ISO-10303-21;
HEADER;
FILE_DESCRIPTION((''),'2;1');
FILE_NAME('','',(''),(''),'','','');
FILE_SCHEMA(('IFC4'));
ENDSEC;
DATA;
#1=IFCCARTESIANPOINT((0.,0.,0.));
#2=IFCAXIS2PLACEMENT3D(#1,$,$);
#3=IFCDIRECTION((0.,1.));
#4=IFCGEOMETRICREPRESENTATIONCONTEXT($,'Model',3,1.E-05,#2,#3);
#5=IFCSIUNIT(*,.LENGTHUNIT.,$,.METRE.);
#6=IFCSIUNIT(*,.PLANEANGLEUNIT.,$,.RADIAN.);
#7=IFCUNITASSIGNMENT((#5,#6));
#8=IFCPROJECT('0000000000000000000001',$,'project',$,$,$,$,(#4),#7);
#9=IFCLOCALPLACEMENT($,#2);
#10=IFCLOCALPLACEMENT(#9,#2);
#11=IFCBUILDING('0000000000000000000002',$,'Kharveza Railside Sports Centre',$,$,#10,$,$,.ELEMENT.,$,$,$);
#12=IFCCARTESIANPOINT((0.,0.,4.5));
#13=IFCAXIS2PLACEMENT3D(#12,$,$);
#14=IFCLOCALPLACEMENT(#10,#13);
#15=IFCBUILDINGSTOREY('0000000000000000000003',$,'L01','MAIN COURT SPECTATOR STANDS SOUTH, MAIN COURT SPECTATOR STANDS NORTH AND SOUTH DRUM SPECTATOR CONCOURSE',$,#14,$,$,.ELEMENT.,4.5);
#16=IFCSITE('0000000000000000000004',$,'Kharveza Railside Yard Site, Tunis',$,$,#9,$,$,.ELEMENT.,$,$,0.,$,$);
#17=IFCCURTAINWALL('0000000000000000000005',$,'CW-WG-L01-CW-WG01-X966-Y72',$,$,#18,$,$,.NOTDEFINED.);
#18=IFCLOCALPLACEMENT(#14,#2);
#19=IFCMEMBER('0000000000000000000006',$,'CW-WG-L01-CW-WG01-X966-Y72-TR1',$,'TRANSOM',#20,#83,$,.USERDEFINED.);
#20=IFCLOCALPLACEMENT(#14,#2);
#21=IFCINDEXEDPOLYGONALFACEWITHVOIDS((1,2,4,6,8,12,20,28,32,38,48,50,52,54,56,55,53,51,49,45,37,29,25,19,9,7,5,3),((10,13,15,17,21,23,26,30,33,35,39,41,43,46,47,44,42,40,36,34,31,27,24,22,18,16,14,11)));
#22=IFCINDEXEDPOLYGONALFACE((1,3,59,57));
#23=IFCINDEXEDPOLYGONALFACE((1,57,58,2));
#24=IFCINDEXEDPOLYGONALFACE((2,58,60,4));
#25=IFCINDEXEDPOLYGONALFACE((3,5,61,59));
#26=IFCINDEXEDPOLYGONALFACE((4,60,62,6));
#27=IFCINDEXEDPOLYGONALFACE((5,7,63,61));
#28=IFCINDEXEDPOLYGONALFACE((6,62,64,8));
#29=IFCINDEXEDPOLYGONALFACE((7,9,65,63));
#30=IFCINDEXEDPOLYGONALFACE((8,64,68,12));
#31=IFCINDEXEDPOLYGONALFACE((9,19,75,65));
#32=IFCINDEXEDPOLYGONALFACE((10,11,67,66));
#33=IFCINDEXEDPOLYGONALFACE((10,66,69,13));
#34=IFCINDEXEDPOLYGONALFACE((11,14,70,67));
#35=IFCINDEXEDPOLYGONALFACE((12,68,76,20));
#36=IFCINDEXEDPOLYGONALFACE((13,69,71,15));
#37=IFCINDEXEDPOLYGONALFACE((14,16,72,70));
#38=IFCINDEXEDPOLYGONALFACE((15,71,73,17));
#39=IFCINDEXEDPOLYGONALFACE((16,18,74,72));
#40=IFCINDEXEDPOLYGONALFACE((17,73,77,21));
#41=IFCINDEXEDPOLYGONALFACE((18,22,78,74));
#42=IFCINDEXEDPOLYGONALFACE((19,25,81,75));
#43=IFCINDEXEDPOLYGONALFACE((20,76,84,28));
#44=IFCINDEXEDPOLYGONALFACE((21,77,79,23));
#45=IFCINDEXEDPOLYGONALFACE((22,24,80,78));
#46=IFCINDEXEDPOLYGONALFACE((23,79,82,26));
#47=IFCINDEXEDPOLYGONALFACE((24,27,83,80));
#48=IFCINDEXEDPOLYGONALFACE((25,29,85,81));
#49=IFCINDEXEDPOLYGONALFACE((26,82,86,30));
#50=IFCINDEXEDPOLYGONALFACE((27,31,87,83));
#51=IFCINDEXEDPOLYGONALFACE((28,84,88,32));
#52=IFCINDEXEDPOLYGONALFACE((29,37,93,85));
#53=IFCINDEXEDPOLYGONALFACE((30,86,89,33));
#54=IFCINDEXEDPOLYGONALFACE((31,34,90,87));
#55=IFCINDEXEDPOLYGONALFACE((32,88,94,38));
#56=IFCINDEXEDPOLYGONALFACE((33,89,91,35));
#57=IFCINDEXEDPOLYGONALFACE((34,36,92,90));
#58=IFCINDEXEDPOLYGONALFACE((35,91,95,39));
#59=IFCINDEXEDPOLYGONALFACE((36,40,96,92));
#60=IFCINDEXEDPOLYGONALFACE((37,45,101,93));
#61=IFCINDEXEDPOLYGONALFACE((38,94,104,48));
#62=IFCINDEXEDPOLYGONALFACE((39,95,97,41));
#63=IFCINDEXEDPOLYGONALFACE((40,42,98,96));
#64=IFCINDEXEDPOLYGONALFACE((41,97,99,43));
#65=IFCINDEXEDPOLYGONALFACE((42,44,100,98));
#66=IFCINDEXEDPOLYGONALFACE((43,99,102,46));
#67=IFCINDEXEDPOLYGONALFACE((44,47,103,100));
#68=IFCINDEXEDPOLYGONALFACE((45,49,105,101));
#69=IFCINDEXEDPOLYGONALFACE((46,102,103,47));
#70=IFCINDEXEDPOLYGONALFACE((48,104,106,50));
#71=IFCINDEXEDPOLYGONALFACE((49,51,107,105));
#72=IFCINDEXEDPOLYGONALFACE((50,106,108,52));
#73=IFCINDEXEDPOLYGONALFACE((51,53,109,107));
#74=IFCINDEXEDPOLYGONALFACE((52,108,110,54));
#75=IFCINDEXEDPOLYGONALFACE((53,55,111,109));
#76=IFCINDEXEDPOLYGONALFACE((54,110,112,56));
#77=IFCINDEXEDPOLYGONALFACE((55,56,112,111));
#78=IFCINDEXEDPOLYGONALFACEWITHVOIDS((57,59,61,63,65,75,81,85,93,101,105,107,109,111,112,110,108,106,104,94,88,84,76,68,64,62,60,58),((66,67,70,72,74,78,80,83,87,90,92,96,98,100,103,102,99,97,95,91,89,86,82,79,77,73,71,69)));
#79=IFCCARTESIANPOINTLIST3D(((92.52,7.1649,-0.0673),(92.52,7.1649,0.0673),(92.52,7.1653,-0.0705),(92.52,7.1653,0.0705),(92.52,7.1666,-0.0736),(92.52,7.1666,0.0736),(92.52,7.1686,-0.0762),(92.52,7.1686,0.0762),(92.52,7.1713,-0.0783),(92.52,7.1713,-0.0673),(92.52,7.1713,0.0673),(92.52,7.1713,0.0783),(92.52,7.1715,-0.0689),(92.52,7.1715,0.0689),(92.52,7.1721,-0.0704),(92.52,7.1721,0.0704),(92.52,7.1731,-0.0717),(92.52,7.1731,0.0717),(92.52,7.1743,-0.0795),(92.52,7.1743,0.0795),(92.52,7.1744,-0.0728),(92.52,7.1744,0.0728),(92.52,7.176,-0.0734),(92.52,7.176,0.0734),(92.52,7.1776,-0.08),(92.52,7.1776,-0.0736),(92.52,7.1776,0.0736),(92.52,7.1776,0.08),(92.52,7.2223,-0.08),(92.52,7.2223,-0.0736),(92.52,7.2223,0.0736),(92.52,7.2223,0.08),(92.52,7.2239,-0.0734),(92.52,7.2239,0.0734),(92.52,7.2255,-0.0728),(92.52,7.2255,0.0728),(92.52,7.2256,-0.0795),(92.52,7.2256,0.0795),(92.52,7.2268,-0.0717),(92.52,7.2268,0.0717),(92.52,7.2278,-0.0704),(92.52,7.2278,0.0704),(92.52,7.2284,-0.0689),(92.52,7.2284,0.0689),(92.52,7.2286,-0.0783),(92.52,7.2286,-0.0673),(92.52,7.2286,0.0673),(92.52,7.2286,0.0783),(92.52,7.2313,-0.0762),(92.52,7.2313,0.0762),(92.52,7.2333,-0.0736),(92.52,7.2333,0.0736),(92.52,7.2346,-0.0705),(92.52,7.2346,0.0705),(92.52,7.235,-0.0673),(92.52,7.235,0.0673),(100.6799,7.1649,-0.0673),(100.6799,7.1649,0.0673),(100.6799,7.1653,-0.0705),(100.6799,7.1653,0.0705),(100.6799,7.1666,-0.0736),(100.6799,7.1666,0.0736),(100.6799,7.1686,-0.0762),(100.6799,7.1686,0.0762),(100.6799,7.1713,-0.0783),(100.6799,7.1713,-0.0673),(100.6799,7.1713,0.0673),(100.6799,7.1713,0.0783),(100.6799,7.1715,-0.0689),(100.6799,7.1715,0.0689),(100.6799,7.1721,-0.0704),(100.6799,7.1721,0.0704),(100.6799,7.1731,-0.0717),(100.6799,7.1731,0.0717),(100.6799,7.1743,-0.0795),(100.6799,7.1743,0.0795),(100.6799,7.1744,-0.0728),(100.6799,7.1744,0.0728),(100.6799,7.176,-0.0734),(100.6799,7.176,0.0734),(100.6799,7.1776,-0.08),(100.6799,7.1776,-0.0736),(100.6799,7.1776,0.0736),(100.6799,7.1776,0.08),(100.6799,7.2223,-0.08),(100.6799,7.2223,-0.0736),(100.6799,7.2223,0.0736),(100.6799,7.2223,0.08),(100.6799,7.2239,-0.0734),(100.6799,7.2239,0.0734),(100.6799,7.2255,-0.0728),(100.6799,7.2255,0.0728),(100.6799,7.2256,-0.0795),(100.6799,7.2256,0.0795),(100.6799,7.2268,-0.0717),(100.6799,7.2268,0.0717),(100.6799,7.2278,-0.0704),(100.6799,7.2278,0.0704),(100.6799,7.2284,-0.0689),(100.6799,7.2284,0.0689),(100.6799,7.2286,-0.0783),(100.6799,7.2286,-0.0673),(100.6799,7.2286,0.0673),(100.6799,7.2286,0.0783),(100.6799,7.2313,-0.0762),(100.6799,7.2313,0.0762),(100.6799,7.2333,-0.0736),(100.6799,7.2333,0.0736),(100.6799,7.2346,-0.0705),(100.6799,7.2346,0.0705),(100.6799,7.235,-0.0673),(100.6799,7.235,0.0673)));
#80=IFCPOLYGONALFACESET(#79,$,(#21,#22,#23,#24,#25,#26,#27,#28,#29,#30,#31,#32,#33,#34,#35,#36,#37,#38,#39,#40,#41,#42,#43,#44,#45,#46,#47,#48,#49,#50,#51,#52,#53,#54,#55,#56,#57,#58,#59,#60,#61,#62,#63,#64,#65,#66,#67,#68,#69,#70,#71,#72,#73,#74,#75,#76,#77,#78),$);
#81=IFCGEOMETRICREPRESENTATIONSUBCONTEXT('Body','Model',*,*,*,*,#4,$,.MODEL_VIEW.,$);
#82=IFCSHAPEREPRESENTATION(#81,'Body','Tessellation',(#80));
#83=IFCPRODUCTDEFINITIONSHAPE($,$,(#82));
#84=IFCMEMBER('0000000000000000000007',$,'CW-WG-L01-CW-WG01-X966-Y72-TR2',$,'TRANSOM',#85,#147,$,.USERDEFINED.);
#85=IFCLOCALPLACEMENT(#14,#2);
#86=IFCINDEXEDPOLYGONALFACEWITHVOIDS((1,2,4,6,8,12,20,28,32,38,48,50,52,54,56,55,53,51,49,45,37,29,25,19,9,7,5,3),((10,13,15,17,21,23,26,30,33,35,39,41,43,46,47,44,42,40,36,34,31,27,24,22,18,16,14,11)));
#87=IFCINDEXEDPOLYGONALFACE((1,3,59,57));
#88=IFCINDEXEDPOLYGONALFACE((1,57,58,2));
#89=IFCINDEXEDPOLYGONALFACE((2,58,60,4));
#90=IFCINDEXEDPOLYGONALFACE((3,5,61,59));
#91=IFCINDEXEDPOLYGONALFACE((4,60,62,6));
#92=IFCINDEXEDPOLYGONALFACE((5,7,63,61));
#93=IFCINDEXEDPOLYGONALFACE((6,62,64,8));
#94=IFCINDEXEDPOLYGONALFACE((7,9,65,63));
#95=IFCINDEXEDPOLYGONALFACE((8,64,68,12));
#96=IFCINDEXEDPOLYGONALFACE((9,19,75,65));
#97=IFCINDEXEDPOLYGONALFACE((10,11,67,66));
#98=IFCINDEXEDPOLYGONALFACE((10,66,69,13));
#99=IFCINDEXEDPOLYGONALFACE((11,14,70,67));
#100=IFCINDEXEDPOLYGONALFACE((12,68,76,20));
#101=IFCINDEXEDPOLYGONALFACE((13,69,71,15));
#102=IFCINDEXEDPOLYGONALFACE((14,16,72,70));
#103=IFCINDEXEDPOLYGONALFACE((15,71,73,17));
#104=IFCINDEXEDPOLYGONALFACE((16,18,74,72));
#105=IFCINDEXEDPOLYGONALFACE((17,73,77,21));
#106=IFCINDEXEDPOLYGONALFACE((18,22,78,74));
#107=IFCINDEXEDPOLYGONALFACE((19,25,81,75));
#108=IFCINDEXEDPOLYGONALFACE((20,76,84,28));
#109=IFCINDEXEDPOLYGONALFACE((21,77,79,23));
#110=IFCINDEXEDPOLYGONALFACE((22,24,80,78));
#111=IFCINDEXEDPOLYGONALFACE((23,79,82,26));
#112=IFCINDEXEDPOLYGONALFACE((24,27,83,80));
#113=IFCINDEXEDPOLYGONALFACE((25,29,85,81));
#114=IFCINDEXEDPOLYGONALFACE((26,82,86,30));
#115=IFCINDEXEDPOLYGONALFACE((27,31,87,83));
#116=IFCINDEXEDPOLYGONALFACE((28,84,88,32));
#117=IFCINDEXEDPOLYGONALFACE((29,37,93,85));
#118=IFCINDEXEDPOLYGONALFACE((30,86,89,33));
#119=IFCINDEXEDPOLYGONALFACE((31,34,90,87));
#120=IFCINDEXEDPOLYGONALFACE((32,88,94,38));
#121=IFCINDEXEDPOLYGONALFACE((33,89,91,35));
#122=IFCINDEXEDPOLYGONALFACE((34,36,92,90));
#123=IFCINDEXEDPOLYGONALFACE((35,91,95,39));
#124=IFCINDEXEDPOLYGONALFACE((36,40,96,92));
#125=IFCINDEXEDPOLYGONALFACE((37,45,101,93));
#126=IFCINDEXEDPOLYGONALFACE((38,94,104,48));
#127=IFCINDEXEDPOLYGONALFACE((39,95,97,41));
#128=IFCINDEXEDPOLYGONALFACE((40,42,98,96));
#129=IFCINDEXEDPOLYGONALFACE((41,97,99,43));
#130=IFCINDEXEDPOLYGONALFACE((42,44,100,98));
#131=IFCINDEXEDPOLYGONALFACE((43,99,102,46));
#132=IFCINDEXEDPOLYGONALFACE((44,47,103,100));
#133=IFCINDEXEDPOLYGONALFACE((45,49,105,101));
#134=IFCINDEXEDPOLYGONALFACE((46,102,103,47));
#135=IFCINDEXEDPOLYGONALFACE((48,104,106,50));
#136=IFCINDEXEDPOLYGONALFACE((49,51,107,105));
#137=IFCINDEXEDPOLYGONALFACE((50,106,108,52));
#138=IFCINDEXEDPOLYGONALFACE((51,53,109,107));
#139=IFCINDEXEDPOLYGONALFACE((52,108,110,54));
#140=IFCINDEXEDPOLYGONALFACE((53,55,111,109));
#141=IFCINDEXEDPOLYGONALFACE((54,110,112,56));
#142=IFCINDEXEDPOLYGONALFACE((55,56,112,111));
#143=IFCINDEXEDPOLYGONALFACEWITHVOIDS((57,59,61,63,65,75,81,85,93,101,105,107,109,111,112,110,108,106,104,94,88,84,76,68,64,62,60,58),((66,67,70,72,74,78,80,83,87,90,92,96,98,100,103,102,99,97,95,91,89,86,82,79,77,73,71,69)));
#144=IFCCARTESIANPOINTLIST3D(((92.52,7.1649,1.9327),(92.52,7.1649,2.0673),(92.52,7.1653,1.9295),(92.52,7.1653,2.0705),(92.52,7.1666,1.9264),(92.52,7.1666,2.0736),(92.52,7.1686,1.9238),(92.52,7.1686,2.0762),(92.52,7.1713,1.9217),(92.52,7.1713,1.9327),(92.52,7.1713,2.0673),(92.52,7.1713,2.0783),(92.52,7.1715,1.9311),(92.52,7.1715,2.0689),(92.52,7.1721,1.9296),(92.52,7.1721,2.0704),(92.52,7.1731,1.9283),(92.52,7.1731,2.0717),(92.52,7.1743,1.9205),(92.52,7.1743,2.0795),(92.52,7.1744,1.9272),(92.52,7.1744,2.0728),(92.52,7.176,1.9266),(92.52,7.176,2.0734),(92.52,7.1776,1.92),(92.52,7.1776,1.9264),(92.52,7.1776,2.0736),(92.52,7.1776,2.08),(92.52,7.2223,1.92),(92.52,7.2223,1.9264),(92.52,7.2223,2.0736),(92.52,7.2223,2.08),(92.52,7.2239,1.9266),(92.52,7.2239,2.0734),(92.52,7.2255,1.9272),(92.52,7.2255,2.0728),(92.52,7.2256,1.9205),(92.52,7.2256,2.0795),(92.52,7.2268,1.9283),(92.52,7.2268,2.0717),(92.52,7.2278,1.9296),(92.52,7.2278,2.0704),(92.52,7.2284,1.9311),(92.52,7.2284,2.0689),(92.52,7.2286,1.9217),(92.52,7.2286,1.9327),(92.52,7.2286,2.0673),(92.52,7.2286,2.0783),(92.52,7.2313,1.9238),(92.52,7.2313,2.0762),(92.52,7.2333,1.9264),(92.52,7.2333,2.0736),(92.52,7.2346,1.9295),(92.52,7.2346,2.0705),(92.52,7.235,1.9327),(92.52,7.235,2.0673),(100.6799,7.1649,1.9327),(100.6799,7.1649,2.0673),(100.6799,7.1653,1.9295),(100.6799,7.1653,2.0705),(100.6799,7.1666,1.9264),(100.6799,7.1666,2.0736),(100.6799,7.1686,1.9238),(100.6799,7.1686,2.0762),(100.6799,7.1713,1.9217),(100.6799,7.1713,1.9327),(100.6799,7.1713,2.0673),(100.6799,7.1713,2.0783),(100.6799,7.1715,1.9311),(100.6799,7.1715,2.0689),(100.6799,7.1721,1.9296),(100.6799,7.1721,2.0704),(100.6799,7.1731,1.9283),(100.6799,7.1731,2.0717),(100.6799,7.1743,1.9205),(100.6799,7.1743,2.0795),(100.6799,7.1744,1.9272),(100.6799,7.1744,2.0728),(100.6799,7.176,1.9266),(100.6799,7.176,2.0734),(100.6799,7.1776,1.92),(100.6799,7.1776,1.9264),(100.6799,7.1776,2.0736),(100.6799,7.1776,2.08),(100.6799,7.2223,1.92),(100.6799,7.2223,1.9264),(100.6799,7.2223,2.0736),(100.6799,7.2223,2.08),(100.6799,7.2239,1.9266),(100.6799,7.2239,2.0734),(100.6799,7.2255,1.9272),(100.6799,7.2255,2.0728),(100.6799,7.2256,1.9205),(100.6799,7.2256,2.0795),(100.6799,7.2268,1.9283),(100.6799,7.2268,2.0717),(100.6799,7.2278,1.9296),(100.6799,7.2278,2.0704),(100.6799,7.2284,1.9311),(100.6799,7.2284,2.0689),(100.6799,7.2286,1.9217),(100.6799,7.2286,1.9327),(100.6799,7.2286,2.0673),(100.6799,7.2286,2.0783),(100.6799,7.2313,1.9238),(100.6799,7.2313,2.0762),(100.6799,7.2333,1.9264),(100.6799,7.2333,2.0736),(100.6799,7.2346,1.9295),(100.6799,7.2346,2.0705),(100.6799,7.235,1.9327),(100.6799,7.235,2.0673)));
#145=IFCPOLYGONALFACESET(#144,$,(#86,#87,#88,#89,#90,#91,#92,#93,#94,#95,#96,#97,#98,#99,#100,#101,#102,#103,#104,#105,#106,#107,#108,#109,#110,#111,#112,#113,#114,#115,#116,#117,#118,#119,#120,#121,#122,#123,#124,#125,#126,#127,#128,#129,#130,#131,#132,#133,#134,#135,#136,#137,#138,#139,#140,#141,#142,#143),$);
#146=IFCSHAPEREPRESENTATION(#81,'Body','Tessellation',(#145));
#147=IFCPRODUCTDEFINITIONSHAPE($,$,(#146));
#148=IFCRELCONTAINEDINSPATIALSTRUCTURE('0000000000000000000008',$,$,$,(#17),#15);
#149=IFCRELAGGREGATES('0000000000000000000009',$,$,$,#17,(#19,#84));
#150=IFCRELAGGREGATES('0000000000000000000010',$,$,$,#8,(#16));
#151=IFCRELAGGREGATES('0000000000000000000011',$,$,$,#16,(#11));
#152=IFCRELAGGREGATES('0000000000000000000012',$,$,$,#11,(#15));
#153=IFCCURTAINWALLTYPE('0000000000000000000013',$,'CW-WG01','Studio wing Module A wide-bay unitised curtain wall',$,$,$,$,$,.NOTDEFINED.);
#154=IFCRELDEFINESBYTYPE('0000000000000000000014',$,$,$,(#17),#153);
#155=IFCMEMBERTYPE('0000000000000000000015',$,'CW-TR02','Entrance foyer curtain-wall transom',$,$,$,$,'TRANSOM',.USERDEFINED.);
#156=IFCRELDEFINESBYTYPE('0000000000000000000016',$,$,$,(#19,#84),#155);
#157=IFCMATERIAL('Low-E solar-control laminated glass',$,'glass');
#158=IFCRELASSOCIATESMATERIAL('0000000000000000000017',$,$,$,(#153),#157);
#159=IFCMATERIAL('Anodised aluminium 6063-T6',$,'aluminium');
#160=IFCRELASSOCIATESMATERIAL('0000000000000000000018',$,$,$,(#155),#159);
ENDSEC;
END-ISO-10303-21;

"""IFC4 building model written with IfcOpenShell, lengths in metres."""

from ifc_helpers import new_model, si_unit, direction, frame, origin, origin_2d, place, context, subcontext, project, spatial, hollow_rectangle, extrude, material, material_profile, profile_set, type_object, element, aggregate, save


model = new_model("IFC4")

# Units and contexts
model_context = context("Model", 3, precision=1e-05, world=origin(), true_north=direction((0.0, 1.0)))
body_context = subcontext(model_context, "Body", "Model", "MODEL_VIEW")
ifc_project = project(units=[si_unit("LENGTHUNIT", "METRE"), si_unit("PLANEANGLEUNIT", "RADIAN")], contexts=[model_context])

# Site, building, storey
site_placement = place(None, origin())
site = spatial("IfcSite", under=ifc_project, at=site_placement, Name="Kharveza Railside Yard Site, Tunis", CompositionType="ELEMENT", RefElevation=0.0)
building_placement = place(site_placement, origin())
building = spatial("IfcBuilding", under=site, at=building_placement, Name="Kharveza Railside Sports Centre", CompositionType="ELEMENT")
storey_placement = place(building_placement, frame((0.0, 0.0, 4.5)))
storey = spatial("IfcBuildingStorey", under=building, at=storey_placement, Name="L01", Description="MAIN COURT SPECTATOR STANDS SOUTH, MAIN COURT SPECTATOR STANDS NORTH AND SOUTH DRUM SPECTATOR CONCOURSE", CompositionType="ELEMENT", Elevation=4.5)

# Curtain wall, members
ifc_material_1 = material(Name="Low-E solar-control laminated glass", Category="glass")
curtain_wall_type = type_object("IfcCurtainWallType", Name="CW-WG01", Description="Studio wing Module A wide-bay unitised curtain wall", PredefinedType="NOTDEFINED", material=ifc_material_1)
ifc_material_2 = material(Name="Anodised aluminium 6063-T6", Category="aluminium")
curtain_wall_1_placement = place(storey_placement, origin())
curtain_wall_1 = element("IfcCurtainWall", 1, at=curtain_wall_1_placement, inside=storey, type_object=curtain_wall_type, Name="CW-WG-L01-CW-WG01-X966-Y72", PredefinedType="NOTDEFINED")
ifc_material_profile_1 = material_profile(ifc_material_2, hollow_rectangle(XDim=0.0701, YDim=0.1599, WallThickness=0.0063, InnerFilletRadius=0.0063, OuterFilletRadius=0.0127, at=origin_2d()), Name="RHS 70x160x6.3")
ifc_profile_set_1 = profile_set([ifc_material_profile_1], Name="Anodised aluminium 6063-T6")
member_type_1 = type_object("IfcMemberType", Name="CW-TR02", Description="Entrance foyer curtain-wall transom", ElementType="TRANSOM", PredefinedType="USERDEFINED", material=ifc_profile_set_1)
member_1_placement = place(storey_placement, frame((92.52, 7.2, 0.0), z_axis=(1.0, 0.0, 0.0), x_axis=(0.0, 1.0, 0.0)))
member_1 = element("IfcMember", 2, at=member_1_placement, type_object=member_type_1, Name="CW-WG-L01-CW-WG01-X966-Y72-TR1", ObjectType="TRANSOM", PredefinedType="USERDEFINED", context=body_context, shape_type="SweptSolid", body=[
    extrude(hollow_rectangle(XDim=0.0701, YDim=0.1599, WallThickness=0.0063, InnerFilletRadius=0.0063, OuterFilletRadius=0.0127, at=origin_2d()), origin(), (0.0, 0.0, 1.0), 8.1599),
])
member_2_placement = place(storey_placement, frame((92.52, 7.2, 2.0), z_axis=(1.0, 0.0, 0.0), x_axis=(0.0, 1.0, 0.0)))
member_2 = element("IfcMember", 3, at=member_2_placement, type_object=member_type_1, Name="CW-WG-L01-CW-WG01-X966-Y72-TR2", ObjectType="TRANSOM", PredefinedType="USERDEFINED", context=body_context, shape_type="SweptSolid", body=[
    extrude(hollow_rectangle(XDim=0.0701, YDim=0.1599, WallThickness=0.0063, InnerFilletRadius=0.0063, OuterFilletRadius=0.0127, at=origin_2d()), origin(), (0.0, 0.0, 1.0), 8.1599),
])

aggregate(curtain_wall_1, [member_1, member_2])

save(model, "model.ifc")
